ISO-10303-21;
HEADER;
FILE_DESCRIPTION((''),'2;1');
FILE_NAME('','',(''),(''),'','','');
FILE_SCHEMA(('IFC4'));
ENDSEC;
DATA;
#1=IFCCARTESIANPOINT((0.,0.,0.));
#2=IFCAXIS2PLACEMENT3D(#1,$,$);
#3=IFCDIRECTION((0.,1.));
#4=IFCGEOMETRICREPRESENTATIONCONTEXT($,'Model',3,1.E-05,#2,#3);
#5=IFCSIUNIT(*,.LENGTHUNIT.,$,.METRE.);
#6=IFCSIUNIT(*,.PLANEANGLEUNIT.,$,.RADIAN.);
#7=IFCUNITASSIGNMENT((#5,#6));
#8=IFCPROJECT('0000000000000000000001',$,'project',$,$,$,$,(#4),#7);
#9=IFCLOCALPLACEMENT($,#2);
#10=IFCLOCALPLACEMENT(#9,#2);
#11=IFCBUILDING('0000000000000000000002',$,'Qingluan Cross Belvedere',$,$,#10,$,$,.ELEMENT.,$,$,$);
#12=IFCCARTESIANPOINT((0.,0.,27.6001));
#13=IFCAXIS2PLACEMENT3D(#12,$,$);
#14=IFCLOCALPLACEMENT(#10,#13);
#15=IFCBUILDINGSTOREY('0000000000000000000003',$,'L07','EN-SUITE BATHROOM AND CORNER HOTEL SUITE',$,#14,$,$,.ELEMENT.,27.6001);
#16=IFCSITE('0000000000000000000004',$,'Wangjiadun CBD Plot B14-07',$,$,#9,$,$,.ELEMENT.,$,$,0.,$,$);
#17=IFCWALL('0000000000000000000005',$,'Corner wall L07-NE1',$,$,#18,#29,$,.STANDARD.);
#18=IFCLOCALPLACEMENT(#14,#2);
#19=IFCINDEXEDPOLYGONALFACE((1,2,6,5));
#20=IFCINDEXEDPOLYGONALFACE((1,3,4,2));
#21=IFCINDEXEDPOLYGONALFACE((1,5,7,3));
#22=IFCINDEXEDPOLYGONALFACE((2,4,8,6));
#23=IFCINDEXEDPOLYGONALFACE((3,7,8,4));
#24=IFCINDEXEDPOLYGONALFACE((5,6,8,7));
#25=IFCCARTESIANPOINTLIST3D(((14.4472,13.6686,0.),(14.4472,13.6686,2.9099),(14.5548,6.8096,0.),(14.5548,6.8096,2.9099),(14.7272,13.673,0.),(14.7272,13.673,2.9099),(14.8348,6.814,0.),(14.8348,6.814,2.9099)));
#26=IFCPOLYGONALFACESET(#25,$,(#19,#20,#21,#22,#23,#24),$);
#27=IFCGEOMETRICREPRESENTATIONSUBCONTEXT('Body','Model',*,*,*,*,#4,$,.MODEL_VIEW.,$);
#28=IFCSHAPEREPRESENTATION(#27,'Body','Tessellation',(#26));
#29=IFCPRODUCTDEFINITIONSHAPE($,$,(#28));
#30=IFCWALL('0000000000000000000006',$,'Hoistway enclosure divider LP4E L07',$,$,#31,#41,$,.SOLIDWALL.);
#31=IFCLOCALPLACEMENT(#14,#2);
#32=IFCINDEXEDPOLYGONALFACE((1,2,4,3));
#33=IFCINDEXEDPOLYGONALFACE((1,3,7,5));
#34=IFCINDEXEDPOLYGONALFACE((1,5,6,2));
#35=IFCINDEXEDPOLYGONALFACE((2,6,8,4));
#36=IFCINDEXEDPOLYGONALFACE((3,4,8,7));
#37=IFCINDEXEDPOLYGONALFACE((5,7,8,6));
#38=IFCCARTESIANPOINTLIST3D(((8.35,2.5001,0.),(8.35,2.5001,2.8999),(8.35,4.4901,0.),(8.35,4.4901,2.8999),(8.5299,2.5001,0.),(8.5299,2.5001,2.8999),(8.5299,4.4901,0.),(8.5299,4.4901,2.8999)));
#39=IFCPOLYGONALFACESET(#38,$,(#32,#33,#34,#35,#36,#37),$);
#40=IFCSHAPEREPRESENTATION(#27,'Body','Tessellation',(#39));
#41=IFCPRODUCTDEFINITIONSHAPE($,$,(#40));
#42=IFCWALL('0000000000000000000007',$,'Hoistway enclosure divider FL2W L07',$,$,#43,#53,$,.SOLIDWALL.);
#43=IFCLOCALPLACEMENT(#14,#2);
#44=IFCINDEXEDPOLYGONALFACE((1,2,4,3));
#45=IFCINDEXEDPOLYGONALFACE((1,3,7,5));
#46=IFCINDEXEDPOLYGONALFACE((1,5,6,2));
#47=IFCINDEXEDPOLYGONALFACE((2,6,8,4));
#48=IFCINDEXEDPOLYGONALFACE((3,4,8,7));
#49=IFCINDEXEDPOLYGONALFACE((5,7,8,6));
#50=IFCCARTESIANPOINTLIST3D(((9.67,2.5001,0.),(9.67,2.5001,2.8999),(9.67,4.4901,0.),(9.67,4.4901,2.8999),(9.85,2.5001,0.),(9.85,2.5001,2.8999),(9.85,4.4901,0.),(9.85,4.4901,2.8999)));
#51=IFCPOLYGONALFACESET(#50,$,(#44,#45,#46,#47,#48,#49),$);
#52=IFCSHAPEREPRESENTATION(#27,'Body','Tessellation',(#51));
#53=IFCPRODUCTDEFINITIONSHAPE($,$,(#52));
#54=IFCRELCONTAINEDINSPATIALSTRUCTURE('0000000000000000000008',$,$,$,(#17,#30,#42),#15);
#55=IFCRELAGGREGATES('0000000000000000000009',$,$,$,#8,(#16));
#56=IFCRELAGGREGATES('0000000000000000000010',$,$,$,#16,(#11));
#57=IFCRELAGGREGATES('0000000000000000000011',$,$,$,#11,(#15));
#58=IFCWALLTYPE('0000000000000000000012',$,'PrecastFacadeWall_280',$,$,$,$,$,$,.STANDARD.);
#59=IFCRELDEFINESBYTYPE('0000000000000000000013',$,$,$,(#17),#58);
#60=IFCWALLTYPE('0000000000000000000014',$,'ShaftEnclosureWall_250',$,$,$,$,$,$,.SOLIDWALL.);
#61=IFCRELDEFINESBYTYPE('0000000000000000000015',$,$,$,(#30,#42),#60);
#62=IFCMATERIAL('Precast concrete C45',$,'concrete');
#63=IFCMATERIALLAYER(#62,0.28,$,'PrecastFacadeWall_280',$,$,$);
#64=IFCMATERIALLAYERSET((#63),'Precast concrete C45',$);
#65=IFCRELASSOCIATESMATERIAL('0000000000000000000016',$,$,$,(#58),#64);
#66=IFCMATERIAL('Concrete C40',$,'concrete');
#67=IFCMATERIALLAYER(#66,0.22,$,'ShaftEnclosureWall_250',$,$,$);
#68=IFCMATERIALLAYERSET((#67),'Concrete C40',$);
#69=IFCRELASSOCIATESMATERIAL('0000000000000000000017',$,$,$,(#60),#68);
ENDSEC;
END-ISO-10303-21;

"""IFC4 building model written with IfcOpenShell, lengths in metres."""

from ifc_helpers import new_model, si_unit, direction, frame, frame_2d, origin, place, context, subcontext, project, spatial, rectangle, extrude, material, layer, layer_set, type_object, element, save


model = new_model("IFC4")

# Units and contexts
model_context = context("Model", 3, precision=1e-05, world=origin(), true_north=direction((0.0, 1.0)))
body_context = subcontext(model_context, "Body", "Model", "MODEL_VIEW")
ifc_project = project(units=[si_unit("LENGTHUNIT", "METRE"), si_unit("PLANEANGLEUNIT", "RADIAN")], contexts=[model_context])

# Site, building, storey
site_placement = place(None, origin())
site = spatial("IfcSite", under=ifc_project, at=site_placement, Name="Wangjiadun CBD Plot B14-07", CompositionType="ELEMENT", RefElevation=0.0)
building_placement = place(site_placement, origin())
building = spatial("IfcBuilding", under=site, at=building_placement, Name="Qingluan Cross Belvedere", CompositionType="ELEMENT")
storey_placement = place(building_placement, frame((0.0, 0.0, 27.6001)))
storey = spatial("IfcBuildingStorey", under=building, at=storey_placement, Name="L07", Description="EN-SUITE BATHROOM AND CORNER HOTEL SUITE", CompositionType="ELEMENT", Elevation=27.6001)

# Walls
ifc_material_1 = material(Name="Precast concrete C45", Category="concrete")
ifc_layer_1 = layer(ifc_material_1, 0.28, Name="PrecastFacadeWall_280")
ifc_layer_set_1 = layer_set([ifc_layer_1], Name="Precast concrete C45")
wall_type_1 = type_object("IfcWallType", Name="PrecastFacadeWall_280", PredefinedType="STANDARD", material=ifc_layer_set_1)
wall_1_placement = place(storey_placement, frame((14.6948, 6.8118, 0.0), z_axis=(0.0, 0.0, 1.0), x_axis=(-0.015695, 0.999877, 0.0)))
element("IfcWall", 1, at=wall_1_placement, inside=storey, type_object=wall_type_1, Name="Corner wall L07-NE1", PredefinedType="STANDARD", context=body_context, shape_type="SweptSolid", body=[
    extrude(rectangle(XDim=6.8599, YDim=0.28, at=frame_2d((3.4299, 0.0))), origin(), (0.0, 0.0, 1.0), 2.9099),
])
ifc_material_2 = material(Name="Concrete C40", Category="concrete")
ifc_layer_2 = layer(ifc_material_2, 0.22, Name="ShaftEnclosureWall_250")
ifc_layer_set_2 = layer_set([ifc_layer_2], Name="Concrete C40")
wall_type_2 = type_object("IfcWallType", Name="ShaftEnclosureWall_250", PredefinedType="SOLIDWALL", material=ifc_layer_set_2)
for number, where, z_axis, x_axis, name in (
    (2, (8.4399, 2.5, 0.0), (0.0, 0.0, 1.0), (0.0, 1.0, 0.0), "Hoistway enclosure divider LP4E L07"),
    (3, (9.76, 2.5, 0.0), (0.0, 0.0, 1.0), (0.0, 1.0, 0.0), "Hoistway enclosure divider FL2W L07"),
):
    element("IfcWall", number, at=place(storey_placement, frame(where, z_axis=z_axis, x_axis=x_axis)), inside=storey, type_object=wall_type_2, Name=name, PredefinedType="SOLIDWALL", context=body_context, shape_type="SweptSolid", body=[
        extrude(rectangle(XDim=1.99, YDim=0.1799, at=frame_2d((0.9951, 0.0))), origin(), (0.0, 0.0, 1.0), 2.8999),
    ])

save(model, "model.ifc")
